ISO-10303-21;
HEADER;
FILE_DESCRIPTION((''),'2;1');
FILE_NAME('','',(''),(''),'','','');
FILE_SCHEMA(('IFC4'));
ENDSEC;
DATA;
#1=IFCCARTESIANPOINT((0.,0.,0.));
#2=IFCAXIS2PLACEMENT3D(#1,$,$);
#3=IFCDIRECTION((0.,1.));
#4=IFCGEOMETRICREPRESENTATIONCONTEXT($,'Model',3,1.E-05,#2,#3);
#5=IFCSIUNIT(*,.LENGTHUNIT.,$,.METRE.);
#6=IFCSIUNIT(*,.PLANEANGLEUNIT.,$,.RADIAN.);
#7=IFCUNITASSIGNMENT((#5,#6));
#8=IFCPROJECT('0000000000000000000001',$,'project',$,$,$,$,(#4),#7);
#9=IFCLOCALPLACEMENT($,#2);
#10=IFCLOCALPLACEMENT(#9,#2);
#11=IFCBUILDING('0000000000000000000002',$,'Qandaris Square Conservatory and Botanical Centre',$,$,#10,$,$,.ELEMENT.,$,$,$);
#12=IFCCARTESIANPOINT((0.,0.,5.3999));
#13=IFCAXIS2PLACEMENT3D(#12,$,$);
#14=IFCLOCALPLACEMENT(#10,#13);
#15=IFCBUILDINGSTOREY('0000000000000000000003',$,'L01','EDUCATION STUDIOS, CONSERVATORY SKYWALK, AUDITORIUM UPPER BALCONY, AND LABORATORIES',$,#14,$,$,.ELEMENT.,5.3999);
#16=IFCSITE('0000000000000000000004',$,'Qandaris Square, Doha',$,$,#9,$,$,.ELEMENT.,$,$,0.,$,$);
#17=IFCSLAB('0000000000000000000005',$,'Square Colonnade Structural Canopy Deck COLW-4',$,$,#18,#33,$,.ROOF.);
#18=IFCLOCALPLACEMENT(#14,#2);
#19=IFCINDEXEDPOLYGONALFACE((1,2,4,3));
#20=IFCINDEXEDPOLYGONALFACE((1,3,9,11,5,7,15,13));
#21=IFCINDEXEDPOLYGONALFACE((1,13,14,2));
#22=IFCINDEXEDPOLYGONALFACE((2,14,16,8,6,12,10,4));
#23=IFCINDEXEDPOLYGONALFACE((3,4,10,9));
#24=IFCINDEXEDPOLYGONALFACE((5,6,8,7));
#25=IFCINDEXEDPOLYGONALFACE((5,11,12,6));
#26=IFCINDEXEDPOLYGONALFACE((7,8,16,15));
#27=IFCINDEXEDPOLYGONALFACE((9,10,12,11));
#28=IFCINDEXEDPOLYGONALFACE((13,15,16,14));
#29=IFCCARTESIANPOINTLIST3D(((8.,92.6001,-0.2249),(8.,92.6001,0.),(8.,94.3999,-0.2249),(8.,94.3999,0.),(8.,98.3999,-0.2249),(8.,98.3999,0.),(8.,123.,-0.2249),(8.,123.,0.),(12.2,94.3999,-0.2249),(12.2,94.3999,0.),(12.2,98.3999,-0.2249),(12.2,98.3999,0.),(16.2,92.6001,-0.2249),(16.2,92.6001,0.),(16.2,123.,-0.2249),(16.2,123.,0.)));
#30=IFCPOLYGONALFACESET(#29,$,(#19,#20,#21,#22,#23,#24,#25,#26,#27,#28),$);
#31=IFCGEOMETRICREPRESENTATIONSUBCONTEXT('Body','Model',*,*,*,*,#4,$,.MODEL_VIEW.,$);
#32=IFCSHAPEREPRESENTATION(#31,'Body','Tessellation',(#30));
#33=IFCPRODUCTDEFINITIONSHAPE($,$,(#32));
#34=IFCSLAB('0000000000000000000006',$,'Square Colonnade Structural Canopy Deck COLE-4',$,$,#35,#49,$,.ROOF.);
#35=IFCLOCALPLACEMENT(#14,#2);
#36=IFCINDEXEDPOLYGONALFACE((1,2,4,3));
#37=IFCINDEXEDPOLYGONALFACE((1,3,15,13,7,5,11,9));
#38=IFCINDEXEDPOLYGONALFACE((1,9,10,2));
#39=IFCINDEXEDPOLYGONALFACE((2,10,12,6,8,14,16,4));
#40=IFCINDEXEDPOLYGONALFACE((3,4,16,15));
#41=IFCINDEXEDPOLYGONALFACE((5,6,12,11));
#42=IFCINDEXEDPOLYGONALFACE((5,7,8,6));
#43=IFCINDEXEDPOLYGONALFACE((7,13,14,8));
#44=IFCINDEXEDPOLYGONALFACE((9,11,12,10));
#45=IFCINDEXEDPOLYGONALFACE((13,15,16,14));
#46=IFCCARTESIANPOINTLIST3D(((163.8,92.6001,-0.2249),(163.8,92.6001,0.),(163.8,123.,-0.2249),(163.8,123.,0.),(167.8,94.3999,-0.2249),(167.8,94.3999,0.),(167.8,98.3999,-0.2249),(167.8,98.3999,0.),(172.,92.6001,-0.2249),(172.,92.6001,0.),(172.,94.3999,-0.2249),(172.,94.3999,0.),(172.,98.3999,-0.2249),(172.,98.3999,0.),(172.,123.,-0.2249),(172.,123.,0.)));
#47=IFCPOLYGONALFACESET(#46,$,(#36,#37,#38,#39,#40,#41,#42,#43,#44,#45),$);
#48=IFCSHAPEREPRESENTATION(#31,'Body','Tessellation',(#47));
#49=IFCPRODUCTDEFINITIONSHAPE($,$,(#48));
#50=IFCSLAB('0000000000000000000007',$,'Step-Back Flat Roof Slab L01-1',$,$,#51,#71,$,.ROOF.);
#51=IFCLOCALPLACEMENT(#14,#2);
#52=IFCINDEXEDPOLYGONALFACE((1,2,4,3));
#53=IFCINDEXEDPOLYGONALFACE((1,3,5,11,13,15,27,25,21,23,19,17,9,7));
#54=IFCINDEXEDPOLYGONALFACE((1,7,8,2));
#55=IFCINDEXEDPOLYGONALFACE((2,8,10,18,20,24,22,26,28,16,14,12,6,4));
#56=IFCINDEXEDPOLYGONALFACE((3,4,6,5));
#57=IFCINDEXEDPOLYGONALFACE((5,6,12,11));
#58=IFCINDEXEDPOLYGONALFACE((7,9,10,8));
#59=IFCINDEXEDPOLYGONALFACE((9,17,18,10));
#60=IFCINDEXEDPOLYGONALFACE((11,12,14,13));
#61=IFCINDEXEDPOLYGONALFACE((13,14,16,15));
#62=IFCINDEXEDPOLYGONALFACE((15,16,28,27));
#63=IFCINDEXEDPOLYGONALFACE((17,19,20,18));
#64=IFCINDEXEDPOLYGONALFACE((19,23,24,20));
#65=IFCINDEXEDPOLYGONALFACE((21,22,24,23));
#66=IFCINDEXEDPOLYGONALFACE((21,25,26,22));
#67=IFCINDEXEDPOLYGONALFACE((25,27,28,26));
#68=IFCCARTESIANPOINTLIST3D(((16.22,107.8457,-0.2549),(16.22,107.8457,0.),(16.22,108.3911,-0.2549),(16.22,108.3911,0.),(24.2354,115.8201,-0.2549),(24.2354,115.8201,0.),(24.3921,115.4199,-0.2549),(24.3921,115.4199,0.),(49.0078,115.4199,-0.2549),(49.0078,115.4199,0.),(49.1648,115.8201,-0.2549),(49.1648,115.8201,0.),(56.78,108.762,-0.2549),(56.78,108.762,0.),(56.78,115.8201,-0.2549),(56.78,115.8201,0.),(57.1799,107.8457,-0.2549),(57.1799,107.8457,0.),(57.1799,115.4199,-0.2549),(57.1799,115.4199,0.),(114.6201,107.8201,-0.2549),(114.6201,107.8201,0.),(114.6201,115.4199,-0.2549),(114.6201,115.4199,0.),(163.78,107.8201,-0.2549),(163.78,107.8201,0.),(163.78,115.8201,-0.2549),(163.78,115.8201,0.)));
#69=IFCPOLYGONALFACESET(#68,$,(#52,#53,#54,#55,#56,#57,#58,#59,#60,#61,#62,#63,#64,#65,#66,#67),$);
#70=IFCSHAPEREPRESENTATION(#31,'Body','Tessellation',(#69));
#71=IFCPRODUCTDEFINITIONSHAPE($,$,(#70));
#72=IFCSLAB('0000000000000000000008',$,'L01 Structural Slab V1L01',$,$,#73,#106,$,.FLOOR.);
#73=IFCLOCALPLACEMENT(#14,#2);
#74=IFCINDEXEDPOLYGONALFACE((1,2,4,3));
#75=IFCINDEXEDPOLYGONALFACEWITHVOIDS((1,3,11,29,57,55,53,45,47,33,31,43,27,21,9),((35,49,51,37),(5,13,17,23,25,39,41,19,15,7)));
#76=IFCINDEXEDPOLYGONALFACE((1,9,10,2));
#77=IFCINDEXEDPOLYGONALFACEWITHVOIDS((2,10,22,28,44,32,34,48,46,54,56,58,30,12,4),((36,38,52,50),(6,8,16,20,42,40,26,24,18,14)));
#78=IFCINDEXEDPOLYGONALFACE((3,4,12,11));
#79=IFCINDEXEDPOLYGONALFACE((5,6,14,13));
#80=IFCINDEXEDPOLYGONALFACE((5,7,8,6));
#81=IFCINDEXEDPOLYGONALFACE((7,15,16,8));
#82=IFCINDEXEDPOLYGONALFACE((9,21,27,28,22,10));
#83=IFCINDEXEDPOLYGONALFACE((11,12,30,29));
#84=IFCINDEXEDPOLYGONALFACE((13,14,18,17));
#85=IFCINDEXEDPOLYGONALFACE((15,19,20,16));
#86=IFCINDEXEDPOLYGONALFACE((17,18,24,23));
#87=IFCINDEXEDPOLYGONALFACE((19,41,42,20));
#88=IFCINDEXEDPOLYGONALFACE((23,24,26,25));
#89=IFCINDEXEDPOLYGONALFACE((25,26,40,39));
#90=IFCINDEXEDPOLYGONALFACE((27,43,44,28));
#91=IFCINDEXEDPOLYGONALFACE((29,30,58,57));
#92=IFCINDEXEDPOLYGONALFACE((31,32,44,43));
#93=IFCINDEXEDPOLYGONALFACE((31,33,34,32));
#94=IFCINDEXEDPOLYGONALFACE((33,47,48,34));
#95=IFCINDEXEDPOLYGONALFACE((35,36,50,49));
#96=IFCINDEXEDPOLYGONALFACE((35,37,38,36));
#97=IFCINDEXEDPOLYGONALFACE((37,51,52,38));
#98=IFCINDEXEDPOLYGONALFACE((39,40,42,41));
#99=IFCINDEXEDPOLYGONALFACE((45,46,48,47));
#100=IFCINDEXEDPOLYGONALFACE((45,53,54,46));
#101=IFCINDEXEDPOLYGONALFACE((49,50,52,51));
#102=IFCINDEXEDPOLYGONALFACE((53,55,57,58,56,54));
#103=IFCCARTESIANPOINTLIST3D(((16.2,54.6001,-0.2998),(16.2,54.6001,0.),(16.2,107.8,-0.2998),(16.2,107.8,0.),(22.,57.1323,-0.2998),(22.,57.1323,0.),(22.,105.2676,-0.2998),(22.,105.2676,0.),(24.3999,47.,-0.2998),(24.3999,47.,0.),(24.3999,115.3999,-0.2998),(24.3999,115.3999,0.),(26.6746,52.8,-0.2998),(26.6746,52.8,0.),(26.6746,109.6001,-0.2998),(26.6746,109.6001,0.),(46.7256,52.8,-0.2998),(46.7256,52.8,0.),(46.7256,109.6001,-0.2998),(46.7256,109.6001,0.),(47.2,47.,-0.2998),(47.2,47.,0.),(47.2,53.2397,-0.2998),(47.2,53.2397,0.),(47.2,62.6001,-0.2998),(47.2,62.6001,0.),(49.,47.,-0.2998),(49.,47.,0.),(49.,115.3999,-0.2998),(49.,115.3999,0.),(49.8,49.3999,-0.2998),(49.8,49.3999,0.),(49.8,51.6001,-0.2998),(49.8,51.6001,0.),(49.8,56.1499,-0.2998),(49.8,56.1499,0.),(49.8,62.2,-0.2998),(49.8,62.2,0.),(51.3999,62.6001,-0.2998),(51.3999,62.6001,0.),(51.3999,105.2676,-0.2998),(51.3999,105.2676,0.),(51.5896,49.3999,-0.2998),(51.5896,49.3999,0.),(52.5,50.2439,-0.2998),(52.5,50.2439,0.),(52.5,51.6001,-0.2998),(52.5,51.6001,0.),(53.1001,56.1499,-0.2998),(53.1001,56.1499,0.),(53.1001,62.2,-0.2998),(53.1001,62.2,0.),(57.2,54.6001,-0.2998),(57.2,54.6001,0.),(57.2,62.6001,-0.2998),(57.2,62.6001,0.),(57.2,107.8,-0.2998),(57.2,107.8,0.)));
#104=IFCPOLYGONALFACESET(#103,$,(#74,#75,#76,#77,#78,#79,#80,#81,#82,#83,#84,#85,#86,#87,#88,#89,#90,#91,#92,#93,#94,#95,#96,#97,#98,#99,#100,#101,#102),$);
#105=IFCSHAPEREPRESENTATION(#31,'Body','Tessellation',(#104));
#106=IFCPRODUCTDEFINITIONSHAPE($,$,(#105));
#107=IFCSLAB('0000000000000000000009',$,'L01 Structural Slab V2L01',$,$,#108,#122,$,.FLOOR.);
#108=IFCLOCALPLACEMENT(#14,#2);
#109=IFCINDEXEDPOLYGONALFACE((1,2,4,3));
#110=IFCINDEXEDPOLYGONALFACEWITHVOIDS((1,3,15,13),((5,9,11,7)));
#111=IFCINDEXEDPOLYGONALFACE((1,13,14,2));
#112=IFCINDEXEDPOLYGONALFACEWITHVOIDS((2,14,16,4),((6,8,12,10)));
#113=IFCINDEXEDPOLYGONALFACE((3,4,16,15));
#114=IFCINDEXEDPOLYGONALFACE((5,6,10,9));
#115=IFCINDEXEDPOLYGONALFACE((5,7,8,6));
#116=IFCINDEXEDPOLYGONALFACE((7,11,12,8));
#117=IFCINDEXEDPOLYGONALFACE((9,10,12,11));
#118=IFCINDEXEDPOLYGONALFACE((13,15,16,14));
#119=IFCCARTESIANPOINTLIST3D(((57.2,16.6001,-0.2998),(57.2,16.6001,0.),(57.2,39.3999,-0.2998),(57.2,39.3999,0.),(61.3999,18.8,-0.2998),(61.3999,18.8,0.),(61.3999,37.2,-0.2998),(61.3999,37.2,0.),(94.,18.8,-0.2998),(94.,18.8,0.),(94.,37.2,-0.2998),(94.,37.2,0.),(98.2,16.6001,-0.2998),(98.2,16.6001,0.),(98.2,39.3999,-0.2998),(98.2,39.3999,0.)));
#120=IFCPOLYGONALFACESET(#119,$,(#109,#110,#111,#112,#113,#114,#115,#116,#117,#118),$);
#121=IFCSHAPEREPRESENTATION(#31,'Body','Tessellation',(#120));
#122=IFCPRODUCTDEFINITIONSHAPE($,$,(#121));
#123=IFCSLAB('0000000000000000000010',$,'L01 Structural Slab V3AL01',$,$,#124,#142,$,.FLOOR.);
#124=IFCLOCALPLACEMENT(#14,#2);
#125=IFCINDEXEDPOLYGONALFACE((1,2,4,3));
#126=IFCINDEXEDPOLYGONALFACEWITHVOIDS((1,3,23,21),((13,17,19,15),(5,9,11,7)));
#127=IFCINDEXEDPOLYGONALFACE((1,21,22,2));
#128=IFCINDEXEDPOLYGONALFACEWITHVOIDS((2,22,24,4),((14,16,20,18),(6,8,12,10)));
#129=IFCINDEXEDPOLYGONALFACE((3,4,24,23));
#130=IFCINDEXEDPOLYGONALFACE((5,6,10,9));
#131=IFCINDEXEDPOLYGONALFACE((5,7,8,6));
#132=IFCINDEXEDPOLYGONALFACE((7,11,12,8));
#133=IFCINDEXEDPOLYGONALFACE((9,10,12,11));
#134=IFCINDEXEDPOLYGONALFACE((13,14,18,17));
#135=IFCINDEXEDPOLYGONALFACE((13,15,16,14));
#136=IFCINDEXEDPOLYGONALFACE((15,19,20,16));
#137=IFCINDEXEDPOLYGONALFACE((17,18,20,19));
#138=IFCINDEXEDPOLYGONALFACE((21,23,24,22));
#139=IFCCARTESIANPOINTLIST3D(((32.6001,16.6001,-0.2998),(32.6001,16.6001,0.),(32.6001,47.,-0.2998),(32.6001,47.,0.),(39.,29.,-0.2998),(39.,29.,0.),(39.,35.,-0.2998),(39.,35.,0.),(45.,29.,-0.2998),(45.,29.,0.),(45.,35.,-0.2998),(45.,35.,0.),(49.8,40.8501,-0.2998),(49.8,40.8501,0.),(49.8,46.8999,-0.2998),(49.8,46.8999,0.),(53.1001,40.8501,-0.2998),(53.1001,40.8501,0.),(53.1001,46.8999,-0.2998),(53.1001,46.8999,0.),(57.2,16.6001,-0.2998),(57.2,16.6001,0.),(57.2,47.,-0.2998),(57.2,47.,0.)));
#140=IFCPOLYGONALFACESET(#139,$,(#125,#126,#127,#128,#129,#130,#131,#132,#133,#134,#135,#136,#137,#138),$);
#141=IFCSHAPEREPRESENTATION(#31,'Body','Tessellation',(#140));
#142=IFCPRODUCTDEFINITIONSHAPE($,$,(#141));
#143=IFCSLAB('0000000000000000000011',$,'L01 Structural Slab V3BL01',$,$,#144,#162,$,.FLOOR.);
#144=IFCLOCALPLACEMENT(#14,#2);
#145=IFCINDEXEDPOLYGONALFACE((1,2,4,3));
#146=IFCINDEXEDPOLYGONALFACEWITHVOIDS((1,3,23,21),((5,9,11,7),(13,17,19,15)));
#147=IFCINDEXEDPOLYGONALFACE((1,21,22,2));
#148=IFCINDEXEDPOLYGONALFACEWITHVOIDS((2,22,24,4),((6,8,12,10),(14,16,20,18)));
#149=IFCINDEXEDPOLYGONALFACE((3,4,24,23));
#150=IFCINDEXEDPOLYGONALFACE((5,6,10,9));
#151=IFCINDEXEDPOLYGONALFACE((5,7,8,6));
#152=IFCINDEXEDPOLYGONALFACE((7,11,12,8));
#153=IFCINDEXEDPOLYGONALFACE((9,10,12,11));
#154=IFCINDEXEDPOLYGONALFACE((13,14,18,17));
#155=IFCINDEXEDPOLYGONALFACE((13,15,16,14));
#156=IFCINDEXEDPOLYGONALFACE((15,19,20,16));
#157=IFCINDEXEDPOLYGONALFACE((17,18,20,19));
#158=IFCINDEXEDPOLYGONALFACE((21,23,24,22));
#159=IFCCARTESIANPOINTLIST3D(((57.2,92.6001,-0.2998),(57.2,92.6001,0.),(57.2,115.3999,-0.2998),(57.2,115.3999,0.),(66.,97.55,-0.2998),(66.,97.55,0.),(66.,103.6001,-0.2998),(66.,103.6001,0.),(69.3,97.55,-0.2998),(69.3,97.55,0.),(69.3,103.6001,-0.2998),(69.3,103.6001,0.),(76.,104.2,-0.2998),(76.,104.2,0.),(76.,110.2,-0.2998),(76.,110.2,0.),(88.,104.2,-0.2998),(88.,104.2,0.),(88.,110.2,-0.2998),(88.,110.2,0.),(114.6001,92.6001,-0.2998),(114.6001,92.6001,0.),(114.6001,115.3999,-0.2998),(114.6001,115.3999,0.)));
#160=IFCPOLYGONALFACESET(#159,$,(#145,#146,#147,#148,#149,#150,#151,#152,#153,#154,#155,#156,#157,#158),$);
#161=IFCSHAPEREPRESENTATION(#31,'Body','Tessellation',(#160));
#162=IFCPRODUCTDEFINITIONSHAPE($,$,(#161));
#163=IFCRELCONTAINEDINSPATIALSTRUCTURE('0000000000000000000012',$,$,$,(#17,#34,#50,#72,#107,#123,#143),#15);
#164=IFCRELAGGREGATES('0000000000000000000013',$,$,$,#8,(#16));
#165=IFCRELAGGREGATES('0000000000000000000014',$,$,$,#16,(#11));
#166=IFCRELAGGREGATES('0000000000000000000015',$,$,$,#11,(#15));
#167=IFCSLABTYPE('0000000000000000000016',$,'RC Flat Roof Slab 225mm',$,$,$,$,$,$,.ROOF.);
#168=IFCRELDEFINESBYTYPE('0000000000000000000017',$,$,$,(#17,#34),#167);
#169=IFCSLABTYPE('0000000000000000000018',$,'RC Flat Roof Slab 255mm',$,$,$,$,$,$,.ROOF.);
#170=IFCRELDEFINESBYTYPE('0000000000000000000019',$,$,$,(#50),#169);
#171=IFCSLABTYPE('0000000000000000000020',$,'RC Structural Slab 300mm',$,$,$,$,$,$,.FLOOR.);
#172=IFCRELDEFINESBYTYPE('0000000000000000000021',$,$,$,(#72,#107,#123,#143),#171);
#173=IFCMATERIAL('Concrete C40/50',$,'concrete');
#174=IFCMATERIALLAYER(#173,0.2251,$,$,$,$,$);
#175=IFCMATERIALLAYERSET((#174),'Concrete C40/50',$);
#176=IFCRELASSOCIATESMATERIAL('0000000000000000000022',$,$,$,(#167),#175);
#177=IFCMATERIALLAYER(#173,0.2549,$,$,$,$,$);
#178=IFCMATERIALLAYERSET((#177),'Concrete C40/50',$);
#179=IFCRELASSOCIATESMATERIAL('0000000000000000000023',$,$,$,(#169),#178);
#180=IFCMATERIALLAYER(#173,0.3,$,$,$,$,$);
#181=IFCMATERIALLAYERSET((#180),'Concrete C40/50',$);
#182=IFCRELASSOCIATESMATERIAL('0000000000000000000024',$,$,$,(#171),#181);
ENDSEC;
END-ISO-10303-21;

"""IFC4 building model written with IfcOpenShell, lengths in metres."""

from ifc_helpers import new_model, si_unit, direction, frame, origin, place, context, subcontext, project, spatial, polyline, outline, extrude, material, layer, layer_set, type_object, element, save


model = new_model("IFC4")

# Units and contexts
model_context = context("Model", 3, precision=1e-05, world=origin(), true_north=direction((0.0, 1.0)))
body_context = subcontext(model_context, "Body", "Model", "MODEL_VIEW")
ifc_project = project(units=[si_unit("LENGTHUNIT", "METRE"), si_unit("PLANEANGLEUNIT", "RADIAN")], contexts=[model_context])

# Site, building, storey
site_placement = place(None, origin())
site = spatial("IfcSite", under=ifc_project, at=site_placement, Name="Qandaris Square, Doha", CompositionType="ELEMENT", RefElevation=0.0)
building_placement = place(site_placement, origin())
building = spatial("IfcBuilding", under=site, at=building_placement, Name="Qandaris Square Conservatory and Botanical Centre", CompositionType="ELEMENT")
storey_placement = place(building_placement, frame((0.0, 0.0, 5.3999)))
storey = spatial("IfcBuildingStorey", under=building, at=storey_placement, Name="L01", Description="EDUCATION STUDIOS, CONSERVATORY SKYWALK, AUDITORIUM UPPER BALCONY, AND LABORATORIES", CompositionType="ELEMENT", Elevation=5.3999)

# Slabs
ifc_material_1 = material(Name="Concrete C40/50", Category="concrete")
ifc_layer_1 = layer(ifc_material_1, 0.2251)
ifc_layer_set_1 = layer_set([ifc_layer_1], Name="Concrete C40/50")
slab_type_1 = type_object("IfcSlabType", Name="RC Flat Roof Slab 225mm", PredefinedType="ROOF", material=ifc_layer_set_1)
slab_1_placement = place(storey_placement, frame((0.0, 0.0, -0.2249)))
element("IfcSlab", 1, at=slab_1_placement, inside=storey, type_object=slab_type_1, Name="Square Colonnade Structural Canopy Deck COLW-4", PredefinedType="ROOF", context=body_context, shape_type="SweptSolid", body=[
    extrude(outline(polyline([(8.0, 123.0), (16.2, 123.0), (16.2, 92.6001), (8.0, 92.6001), (8.0, 94.3999), (12.2, 94.3999), (12.2, 98.3999), (8.0, 98.3999), (8.0, 123.0)])), origin(), (0.0, 0.0, 1.0), 0.2249),
])
slab_2_placement = place(storey_placement, frame((0.0, 0.0, -0.2249)))
element("IfcSlab", 2, at=slab_2_placement, inside=storey, type_object=slab_type_1, Name="Square Colonnade Structural Canopy Deck COLE-4", PredefinedType="ROOF", context=body_context, shape_type="SweptSolid", body=[
    extrude(outline(polyline([(172.0, 92.6001), (163.8, 92.6001), (163.8, 123.0), (172.0, 123.0), (172.0, 98.3999), (167.8, 98.3999), (167.8, 94.3999), (172.0, 94.3999), (172.0, 92.6001)])), origin(), (0.0, 0.0, 1.0), 0.2249),
])
ifc_layer_2 = layer(ifc_material_1, 0.2549)
ifc_layer_set_2 = layer_set([ifc_layer_2], Name="Concrete C40/50")
slab_type_2 = type_object("IfcSlabType", Name="RC Flat Roof Slab 255mm", PredefinedType="ROOF", material=ifc_layer_set_2)
slab_3_placement = place(storey_placement, frame((0.0, 0.0, -0.2549)))
element("IfcSlab", 3, at=slab_3_placement, inside=storey, type_object=slab_type_2, Name="Step-Back Flat Roof Slab L01-1", PredefinedType="ROOF", context=body_context, shape_type="SweptSolid", body=[
    extrude(outline(polyline([(49.1648, 115.8201), (56.78, 108.762), (56.78, 115.8201), (163.78, 115.8201), (163.78, 107.8201), (114.6201, 107.8201), (114.6201, 115.4199), (57.1799, 115.4199), (57.1799, 107.8457), (49.0078, 115.4199), (24.3921, 115.4199), (16.22, 107.8457), (16.22, 108.3911), (24.2354, 115.8201), (49.1648, 115.8201)])), origin(), (0.0, 0.0, 1.0), 0.2549),
])
ifc_layer_3 = layer(ifc_material_1, 0.3)
ifc_layer_set_3 = layer_set([ifc_layer_3], Name="Concrete C40/50")
slab_type_3 = type_object("IfcSlabType", Name="RC Structural Slab 300mm", PredefinedType="FLOOR", material=ifc_layer_set_3)
slab_4_placement = place(storey_placement, frame((0.0, 0.0, -0.2998)))
element("IfcSlab", 4, at=slab_4_placement, inside=storey, type_object=slab_type_3, Name="L01 Structural Slab V1L01", PredefinedType="FLOOR", context=body_context, shape_type="SweptSolid", body=[
    extrude(outline(polyline([(52.5, 50.2439), (52.5, 51.6001), (49.8, 51.6001), (49.8, 49.3999), (51.5896, 49.3999), (49.0, 47.0), (47.2, 47.0), (24.3999, 47.0), (16.2, 54.6001), (16.2, 107.8), (24.3999, 115.3999), (49.0, 115.3999), (57.2, 107.8), (57.2, 62.6001), (57.2, 54.6001), (52.5, 50.2439)]), holes=[polyline([(51.3999, 62.6001), (51.3999, 105.2676), (46.7256, 109.6001), (26.6746, 109.6001), (22.0, 105.2676), (22.0, 57.1323), (26.6746, 52.8), (46.7256, 52.8), (47.2, 53.2397), (47.2, 62.6001), (51.3999, 62.6001)]), polyline([(53.1001, 62.2), (49.8, 62.2), (49.8, 56.1499), (53.1001, 56.1499), (53.1001, 62.2)])]), origin(), (0.0, 0.0, 1.0), 0.2998),
])
slab_5_placement = place(storey_placement, frame((0.0, 0.0, -0.2998)))
element("IfcSlab", 5, at=slab_5_placement, inside=storey, type_object=slab_type_3, Name="L01 Structural Slab V2L01", PredefinedType="FLOOR", context=body_context, shape_type="SweptSolid", body=[
    extrude(outline(polyline([(57.2, 39.3999), (98.2, 39.3999), (98.2, 16.6001), (57.2, 16.6001), (57.2, 39.3999)]), holes=[polyline([(61.3999, 37.2), (61.3999, 18.8), (94.0, 18.8), (94.0, 37.2), (61.3999, 37.2)])]), origin(), (0.0, 0.0, 1.0), 0.2998),
])
slab_6_placement = place(storey_placement, frame((0.0, 0.0, -0.2998)))
element("IfcSlab", 6, at=slab_6_placement, inside=storey, type_object=slab_type_3, Name="L01 Structural Slab V3AL01", PredefinedType="FLOOR", context=body_context, shape_type="SweptSolid", body=[
    extrude(outline(polyline([(32.6001, 47.0), (57.2, 47.0), (57.2, 16.6001), (32.6001, 16.6001), (32.6001, 47.0)]), holes=[polyline([(39.0, 35.0), (39.0, 29.0), (45.0, 29.0), (45.0, 35.0), (39.0, 35.0)]), polyline([(53.1001, 46.8999), (49.8, 46.8999), (49.8, 40.8501), (53.1001, 40.8501), (53.1001, 46.8999)])]), origin(), (0.0, 0.0, 1.0), 0.2998),
])
slab_7_placement = place(storey_placement, frame((0.0, 0.0, -0.2998)))
element("IfcSlab", 7, at=slab_7_placement, inside=storey, type_object=slab_type_3, Name="L01 Structural Slab V3BL01", PredefinedType="FLOOR", context=body_context, shape_type="SweptSolid", body=[
    extrude(outline(polyline([(57.2, 115.3999), (114.6001, 115.3999), (114.6001, 92.6001), (57.2, 92.6001), (57.2, 115.3999)]), holes=[polyline([(76.0, 110.2), (76.0, 104.2), (88.0, 104.2), (88.0, 110.2), (76.0, 110.2)]), polyline([(66.0, 103.6001), (66.0, 97.55), (69.3, 97.55), (69.3, 103.6001), (66.0, 103.6001)])]), origin(), (0.0, 0.0, 1.0), 0.2998),
])

save(model, "model.ifc")
